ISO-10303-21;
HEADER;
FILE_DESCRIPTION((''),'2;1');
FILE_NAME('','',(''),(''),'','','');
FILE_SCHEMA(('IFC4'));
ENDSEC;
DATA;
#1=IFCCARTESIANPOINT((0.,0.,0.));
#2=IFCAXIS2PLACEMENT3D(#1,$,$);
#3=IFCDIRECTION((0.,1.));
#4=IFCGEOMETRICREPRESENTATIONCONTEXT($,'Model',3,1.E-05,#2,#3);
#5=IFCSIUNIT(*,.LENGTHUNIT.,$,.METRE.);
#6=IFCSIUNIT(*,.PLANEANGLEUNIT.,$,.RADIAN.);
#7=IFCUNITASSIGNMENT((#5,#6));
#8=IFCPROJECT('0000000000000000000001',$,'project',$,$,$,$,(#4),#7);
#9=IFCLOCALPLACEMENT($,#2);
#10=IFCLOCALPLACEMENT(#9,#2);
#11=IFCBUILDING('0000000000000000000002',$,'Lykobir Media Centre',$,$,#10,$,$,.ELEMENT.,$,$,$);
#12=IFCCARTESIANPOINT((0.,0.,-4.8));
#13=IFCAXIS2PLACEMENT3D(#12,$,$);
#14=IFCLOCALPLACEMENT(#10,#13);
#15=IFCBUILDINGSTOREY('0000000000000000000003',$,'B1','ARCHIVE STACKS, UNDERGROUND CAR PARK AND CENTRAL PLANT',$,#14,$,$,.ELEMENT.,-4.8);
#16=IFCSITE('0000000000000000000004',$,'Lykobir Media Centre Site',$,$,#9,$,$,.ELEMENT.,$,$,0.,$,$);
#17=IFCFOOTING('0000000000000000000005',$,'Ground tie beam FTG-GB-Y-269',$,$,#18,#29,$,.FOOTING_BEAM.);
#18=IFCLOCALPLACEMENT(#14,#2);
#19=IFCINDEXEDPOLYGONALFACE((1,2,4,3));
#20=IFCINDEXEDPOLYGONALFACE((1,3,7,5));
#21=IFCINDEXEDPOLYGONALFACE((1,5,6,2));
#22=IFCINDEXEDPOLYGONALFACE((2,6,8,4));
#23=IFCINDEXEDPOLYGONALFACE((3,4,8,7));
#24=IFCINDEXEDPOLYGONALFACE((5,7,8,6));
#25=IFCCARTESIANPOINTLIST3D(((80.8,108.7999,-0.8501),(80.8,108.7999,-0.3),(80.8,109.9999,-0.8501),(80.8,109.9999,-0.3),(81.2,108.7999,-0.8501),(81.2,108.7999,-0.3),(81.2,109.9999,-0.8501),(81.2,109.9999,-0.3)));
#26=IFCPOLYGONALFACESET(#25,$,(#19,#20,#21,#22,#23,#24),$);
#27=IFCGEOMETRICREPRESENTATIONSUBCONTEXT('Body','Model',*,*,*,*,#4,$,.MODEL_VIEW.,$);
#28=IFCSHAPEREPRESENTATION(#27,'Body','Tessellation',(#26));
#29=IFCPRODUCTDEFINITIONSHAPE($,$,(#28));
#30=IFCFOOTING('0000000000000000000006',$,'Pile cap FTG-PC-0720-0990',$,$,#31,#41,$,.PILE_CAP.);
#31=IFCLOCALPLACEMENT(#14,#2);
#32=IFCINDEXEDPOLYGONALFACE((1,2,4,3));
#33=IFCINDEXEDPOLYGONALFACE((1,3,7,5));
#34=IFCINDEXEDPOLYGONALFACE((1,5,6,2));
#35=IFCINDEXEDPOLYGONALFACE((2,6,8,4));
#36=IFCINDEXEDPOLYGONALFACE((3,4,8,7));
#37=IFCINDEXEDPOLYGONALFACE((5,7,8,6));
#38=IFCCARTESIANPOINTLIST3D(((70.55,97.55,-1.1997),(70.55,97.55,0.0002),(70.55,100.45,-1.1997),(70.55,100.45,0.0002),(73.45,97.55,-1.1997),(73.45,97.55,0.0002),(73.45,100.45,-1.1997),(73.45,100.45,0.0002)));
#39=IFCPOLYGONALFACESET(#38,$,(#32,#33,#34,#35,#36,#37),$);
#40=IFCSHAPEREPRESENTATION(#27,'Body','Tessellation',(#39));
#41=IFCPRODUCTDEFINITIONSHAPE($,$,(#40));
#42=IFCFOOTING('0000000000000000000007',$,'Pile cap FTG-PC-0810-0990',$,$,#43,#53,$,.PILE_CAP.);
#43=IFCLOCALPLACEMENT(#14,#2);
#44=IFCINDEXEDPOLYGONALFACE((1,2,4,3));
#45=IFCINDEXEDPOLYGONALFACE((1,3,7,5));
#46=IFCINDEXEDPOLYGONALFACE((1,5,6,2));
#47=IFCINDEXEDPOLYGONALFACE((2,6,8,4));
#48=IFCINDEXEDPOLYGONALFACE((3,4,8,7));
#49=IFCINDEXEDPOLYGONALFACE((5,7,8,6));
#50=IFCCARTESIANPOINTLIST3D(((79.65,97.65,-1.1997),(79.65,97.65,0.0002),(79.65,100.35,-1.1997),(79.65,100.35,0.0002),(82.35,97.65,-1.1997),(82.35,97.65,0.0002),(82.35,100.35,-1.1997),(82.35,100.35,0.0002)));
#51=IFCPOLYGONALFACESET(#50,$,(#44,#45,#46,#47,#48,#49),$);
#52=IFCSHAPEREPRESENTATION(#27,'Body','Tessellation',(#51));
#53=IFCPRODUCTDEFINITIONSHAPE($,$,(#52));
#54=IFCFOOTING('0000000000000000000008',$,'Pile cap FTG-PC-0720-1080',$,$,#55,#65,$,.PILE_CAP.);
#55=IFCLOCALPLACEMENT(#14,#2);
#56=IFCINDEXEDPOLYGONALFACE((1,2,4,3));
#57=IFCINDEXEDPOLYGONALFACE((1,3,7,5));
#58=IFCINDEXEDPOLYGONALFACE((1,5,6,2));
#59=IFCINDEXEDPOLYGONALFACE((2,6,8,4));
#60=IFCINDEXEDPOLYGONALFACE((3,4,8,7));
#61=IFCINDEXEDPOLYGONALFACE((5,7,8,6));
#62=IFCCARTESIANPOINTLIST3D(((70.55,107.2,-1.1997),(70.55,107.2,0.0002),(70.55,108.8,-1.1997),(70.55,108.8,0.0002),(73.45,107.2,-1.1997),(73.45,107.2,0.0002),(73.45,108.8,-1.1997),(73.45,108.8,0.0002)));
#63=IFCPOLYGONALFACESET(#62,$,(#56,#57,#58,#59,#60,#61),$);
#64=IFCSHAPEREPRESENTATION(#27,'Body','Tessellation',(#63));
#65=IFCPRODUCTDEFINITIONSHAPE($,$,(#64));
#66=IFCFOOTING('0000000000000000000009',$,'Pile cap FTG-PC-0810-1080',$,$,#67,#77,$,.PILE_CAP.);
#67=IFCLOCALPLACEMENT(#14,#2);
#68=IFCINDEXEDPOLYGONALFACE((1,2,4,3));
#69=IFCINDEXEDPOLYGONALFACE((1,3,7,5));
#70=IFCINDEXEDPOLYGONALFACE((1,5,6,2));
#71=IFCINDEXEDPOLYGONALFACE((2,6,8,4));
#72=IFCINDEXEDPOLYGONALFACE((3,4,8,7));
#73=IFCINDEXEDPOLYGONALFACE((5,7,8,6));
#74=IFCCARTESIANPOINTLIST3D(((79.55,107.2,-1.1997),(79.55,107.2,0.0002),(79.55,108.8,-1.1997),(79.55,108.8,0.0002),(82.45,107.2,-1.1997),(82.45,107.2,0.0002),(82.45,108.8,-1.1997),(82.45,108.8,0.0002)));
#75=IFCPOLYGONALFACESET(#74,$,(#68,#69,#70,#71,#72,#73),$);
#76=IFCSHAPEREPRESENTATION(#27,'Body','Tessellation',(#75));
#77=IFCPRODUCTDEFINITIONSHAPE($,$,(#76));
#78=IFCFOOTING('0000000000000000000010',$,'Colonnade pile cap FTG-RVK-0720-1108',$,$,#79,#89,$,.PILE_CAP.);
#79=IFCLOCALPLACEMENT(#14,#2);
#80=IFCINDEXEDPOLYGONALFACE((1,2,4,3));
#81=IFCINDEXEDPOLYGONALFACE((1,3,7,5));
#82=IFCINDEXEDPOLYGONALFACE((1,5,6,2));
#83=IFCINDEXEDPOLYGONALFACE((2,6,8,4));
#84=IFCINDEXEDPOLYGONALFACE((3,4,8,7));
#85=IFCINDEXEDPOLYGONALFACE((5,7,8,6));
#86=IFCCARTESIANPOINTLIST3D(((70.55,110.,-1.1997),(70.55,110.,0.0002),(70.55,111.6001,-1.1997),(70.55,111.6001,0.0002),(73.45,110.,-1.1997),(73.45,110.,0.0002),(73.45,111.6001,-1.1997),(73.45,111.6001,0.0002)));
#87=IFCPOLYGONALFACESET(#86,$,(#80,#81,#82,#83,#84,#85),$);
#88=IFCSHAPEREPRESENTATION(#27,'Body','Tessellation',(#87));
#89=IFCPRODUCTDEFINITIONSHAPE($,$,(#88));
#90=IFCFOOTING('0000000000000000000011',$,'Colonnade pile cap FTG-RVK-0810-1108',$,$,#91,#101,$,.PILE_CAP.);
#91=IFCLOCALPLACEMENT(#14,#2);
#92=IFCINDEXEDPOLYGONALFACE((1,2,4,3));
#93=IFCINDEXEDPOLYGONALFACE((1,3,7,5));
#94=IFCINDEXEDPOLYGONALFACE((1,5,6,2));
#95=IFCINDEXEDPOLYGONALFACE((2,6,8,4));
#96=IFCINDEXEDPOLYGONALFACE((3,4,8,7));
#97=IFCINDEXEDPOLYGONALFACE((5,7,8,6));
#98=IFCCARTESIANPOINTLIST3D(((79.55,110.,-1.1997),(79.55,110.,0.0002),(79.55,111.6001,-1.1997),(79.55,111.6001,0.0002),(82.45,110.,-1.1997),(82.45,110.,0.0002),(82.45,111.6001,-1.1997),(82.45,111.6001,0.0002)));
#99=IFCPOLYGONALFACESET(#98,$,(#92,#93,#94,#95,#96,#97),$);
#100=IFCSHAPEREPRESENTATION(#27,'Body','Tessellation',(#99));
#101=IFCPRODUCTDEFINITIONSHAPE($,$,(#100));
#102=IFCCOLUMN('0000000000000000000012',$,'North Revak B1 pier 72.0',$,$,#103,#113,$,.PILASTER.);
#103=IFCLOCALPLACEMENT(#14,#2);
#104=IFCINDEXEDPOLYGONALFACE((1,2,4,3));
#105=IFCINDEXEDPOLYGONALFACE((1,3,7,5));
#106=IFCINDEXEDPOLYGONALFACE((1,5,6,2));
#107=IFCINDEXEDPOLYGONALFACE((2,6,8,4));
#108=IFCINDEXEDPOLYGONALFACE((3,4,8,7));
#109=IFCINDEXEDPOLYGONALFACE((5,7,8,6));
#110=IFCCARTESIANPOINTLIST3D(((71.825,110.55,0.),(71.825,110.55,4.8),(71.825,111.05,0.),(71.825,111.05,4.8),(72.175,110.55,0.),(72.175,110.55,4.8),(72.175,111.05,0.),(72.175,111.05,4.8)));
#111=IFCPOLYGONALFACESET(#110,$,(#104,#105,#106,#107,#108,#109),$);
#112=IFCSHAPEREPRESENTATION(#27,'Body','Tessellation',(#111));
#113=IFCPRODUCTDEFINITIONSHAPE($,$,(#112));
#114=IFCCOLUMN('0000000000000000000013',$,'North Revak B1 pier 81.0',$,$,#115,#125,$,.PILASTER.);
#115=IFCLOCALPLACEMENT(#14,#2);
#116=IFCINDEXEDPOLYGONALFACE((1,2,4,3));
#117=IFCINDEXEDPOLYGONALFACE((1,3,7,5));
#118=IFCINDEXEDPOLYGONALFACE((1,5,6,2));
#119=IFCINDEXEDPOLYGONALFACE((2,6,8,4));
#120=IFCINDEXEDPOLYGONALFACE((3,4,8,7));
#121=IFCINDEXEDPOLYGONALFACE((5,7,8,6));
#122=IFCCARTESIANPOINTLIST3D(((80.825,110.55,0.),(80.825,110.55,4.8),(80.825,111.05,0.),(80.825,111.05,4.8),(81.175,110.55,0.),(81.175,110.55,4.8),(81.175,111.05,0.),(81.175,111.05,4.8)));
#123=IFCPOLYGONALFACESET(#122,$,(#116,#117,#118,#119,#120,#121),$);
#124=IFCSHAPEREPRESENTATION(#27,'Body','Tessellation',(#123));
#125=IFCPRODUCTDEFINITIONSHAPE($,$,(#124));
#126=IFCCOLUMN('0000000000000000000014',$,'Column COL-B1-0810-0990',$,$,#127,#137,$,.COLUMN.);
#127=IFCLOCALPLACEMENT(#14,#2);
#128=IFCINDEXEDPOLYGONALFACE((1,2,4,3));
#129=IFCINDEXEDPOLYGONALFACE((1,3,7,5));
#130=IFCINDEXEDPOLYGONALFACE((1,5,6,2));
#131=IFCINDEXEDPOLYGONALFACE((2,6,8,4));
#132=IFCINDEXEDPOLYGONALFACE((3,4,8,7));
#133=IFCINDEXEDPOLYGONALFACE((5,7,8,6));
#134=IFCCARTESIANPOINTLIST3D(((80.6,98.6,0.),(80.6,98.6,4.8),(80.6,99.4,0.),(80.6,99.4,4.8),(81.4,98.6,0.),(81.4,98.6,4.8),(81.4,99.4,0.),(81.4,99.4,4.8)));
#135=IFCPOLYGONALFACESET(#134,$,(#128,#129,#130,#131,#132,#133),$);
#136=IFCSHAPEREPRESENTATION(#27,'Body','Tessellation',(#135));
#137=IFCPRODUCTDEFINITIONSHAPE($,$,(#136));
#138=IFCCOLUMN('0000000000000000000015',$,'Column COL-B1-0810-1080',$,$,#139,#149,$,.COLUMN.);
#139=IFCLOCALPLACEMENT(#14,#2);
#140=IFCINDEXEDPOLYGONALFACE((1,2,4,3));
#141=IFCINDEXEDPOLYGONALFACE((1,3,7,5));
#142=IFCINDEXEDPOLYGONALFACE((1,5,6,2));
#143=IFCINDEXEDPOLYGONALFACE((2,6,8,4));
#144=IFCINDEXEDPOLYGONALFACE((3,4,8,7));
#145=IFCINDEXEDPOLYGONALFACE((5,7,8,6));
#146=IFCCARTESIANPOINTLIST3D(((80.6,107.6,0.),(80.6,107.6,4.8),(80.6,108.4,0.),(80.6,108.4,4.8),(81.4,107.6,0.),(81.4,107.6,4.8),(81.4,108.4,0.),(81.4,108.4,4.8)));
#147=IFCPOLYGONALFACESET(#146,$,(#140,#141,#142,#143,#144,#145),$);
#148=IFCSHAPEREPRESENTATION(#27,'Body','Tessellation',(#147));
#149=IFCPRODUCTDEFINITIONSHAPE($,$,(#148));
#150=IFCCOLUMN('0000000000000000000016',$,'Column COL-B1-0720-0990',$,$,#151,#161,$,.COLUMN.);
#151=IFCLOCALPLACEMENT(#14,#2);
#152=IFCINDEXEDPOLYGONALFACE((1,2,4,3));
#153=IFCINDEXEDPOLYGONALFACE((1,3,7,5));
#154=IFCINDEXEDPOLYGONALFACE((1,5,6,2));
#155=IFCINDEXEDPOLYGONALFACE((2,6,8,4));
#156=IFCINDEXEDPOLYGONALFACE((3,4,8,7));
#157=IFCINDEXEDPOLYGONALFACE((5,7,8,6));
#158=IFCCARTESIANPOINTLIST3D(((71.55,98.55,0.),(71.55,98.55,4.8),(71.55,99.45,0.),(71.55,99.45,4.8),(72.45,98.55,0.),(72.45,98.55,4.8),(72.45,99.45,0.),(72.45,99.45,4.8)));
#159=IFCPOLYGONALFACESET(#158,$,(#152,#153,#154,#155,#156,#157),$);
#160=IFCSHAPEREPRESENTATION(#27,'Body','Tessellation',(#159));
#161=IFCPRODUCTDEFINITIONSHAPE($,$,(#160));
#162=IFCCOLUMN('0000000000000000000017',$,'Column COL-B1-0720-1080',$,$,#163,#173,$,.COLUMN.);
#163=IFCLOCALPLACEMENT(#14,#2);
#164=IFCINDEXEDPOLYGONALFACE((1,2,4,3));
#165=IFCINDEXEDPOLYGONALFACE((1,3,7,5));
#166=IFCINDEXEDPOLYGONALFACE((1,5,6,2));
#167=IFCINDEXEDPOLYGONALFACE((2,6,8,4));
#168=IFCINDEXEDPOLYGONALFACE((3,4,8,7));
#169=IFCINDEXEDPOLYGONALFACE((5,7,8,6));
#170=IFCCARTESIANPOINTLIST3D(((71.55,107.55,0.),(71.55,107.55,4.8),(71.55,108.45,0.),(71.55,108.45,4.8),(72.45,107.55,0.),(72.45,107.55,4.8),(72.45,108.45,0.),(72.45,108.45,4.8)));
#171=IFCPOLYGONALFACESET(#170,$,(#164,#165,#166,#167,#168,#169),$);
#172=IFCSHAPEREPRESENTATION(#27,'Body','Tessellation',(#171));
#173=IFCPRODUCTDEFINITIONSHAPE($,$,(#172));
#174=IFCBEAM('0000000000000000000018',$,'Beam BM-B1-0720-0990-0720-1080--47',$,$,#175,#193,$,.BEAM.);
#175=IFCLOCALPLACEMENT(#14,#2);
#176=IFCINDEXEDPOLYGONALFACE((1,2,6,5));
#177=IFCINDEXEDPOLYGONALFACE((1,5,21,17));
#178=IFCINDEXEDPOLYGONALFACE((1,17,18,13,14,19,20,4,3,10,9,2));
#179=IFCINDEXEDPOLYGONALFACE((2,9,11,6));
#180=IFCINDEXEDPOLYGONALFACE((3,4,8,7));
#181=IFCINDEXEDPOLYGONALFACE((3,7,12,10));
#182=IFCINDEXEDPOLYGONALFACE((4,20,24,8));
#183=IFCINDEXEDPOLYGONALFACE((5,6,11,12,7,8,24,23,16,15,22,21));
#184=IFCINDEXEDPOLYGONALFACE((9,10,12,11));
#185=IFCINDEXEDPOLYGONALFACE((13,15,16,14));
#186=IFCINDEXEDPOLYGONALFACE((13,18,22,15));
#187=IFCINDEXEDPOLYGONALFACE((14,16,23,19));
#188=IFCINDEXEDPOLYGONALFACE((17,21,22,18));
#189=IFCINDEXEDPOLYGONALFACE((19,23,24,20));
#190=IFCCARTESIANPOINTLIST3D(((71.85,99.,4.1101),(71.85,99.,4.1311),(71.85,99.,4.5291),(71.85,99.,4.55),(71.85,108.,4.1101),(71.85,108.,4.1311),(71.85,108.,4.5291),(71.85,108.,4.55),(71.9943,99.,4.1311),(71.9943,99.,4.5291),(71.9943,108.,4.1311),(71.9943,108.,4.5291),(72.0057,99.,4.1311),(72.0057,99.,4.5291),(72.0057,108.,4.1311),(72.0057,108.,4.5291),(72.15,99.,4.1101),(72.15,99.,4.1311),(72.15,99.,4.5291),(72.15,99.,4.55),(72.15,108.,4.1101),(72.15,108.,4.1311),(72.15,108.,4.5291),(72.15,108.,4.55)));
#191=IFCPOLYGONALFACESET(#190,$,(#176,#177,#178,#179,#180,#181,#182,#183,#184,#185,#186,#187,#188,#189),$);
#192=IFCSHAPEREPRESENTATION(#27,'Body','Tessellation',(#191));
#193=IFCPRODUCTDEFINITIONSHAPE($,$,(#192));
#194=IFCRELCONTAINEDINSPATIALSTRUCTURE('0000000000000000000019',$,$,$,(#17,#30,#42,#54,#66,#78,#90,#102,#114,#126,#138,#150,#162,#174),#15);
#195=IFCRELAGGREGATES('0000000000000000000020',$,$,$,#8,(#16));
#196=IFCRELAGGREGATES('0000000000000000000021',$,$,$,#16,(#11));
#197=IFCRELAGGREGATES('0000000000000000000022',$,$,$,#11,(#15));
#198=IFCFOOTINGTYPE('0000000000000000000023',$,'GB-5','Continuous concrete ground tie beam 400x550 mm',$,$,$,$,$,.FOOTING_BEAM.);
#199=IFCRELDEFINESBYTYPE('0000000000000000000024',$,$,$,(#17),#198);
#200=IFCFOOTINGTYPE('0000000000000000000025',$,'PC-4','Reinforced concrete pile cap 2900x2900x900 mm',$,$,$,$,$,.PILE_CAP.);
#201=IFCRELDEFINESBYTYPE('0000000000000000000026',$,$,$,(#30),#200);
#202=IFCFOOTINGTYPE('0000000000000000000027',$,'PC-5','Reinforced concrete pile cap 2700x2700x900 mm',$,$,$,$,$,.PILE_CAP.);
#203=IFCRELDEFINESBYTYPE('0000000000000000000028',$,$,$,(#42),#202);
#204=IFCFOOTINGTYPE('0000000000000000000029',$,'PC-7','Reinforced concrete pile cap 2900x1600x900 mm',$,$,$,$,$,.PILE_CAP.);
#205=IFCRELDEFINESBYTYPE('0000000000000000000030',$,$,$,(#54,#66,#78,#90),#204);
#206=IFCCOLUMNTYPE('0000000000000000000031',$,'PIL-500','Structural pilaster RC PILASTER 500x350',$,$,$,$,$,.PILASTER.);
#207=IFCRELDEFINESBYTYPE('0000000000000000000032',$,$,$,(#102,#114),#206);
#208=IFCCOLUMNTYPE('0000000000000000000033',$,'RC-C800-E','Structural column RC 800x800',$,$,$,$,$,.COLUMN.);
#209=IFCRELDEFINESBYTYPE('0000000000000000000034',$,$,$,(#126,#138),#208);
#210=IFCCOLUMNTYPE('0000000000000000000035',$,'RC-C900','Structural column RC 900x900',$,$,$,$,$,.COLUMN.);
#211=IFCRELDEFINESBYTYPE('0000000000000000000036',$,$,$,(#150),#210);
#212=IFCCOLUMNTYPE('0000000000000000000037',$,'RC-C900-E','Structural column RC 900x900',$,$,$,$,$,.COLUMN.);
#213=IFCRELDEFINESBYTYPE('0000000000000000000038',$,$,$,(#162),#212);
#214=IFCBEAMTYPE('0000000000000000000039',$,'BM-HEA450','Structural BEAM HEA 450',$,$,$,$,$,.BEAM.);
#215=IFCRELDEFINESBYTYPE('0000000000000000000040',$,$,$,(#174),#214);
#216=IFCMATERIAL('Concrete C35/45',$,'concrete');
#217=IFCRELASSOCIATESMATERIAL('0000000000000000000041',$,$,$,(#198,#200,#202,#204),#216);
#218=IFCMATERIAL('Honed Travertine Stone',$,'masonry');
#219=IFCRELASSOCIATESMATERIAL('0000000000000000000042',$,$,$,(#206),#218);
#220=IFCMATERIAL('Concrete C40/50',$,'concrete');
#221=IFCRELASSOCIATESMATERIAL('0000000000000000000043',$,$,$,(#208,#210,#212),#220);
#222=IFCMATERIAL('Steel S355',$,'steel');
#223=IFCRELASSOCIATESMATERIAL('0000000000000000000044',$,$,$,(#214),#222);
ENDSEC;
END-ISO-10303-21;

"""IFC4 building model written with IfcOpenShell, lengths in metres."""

from ifc_helpers import new_model, si_unit, direction, frame, origin, origin_2d, place, context, subcontext, project, spatial, rectangle, i_section, extrude, material, material_profile, profile_set, type_object, element, save


model = new_model("IFC4")

# Units and contexts
model_context = context("Model", 3, precision=1e-05, world=origin(), true_north=direction((0.0, 1.0)))
body_context = subcontext(model_context, "Body", "Model", "MODEL_VIEW")
ifc_project = project(units=[si_unit("LENGTHUNIT", "METRE"), si_unit("PLANEANGLEUNIT", "RADIAN")], contexts=[model_context])

# Site, building, storey
site_placement = place(None, origin())
site = spatial("IfcSite", under=ifc_project, at=site_placement, Name="Lykobir Media Centre Site", CompositionType="ELEMENT", RefElevation=0.0)
building_placement = place(site_placement, origin())
building = spatial("IfcBuilding", under=site, at=building_placement, Name="Lykobir Media Centre", CompositionType="ELEMENT")
storey_placement = place(building_placement, frame((0.0, 0.0, -4.8)))
storey = spatial("IfcBuildingStorey", under=building, at=storey_placement, Name="B1", Description="ARCHIVE STACKS, UNDERGROUND CAR PARK AND CENTRAL PLANT", CompositionType="ELEMENT", Elevation=-4.8)

# Footings
ifc_material_1 = material(Name="Concrete C35/45", Category="concrete")
footing_type_1 = type_object("IfcFootingType", Name="GB-5", Description="Continuous concrete ground tie beam 400x550 mm", PredefinedType="FOOTING_BEAM", material=ifc_material_1)
for number, where, z_axis, x_axis, name in (
    (1, (81.0, 109.3999, -0.8501), (0.0, 0.0, 1.0), (0.0, 1.0, 0.0), "Ground tie beam FTG-GB-Y-269"),
):
    element("IfcFooting", number, at=place(storey_placement, frame(where, z_axis=z_axis, x_axis=x_axis)), inside=storey, type_object=footing_type_1, Name=name, PredefinedType="FOOTING_BEAM", context=body_context, shape_type="SweptSolid", body=[
        extrude(rectangle(XDim=1.2, YDim=0.3999, at=origin_2d()), origin(), (0.0, 0.0, 1.0), 0.55),
    ])
footing_type_2 = type_object("IfcFootingType", Name="PC-4", Description="Reinforced concrete pile cap 2900x2900x900 mm", PredefinedType="PILE_CAP", material=ifc_material_1)
footing_1_placement = place(storey_placement, frame((72.0, 99.0, -1.1997), z_axis=(0.0, 0.0, 1.0), x_axis=(1.0, 0.0, 0.0)))
element("IfcFooting", 2, at=footing_1_placement, inside=storey, type_object=footing_type_2, Name="Pile cap FTG-PC-0720-0990", PredefinedType="PILE_CAP", context=body_context, shape_type="SweptSolid", body=[
    extrude(rectangle(XDim=2.8999, YDim=2.8999, at=origin_2d()), origin(), (0.0, 0.0, 1.0), 1.2),
])
footing_type_3 = type_object("IfcFootingType", Name="PC-5", Description="Reinforced concrete pile cap 2700x2700x900 mm", PredefinedType="PILE_CAP", material=ifc_material_1)
footing_2_placement = place(storey_placement, frame((81.0, 99.0, -1.1997), z_axis=(0.0, 0.0, 1.0), x_axis=(1.0, 0.0, 0.0)))
element("IfcFooting", 3, at=footing_2_placement, inside=storey, type_object=footing_type_3, Name="Pile cap FTG-PC-0810-0990", PredefinedType="PILE_CAP", context=body_context, shape_type="SweptSolid", body=[
    extrude(rectangle(XDim=2.7, YDim=2.7, at=origin_2d()), origin(), (0.0, 0.0, 1.0), 1.2),
])
footing_type_4 = type_object("IfcFootingType", Name="PC-7", Description="Reinforced concrete pile cap 2900x1600x900 mm", PredefinedType="PILE_CAP", material=ifc_material_1)
for number, where, z_axis, x_axis, name in (
    (4, (72.0, 108.0, -1.1997), (0.0, 0.0, 1.0), (1.0, 0.0, 0.0), "Pile cap FTG-PC-0720-1080"),
    (5, (81.0, 108.0, -1.1997), (0.0, 0.0, 1.0), (1.0, 0.0, 0.0), "Pile cap FTG-PC-0810-1080"),
    (6, (72.0, 110.8, -1.1997), (0.0, 0.0, 1.0), (1.0, 0.0, 0.0), "Colonnade pile cap FTG-RVK-0720-1108"),
    (7, (81.0, 110.8, -1.1997), (0.0, 0.0, 1.0), (1.0, 0.0, 0.0), "Colonnade pile cap FTG-RVK-0810-1108"),
):
    element("IfcFooting", number, at=place(storey_placement, frame(where, z_axis=z_axis, x_axis=x_axis)), inside=storey, type_object=footing_type_4, Name=name, PredefinedType="PILE_CAP", context=body_context, shape_type="SweptSolid", body=[
        extrude(rectangle(XDim=2.8999, YDim=1.6001, at=origin_2d()), origin(), (0.0, 0.0, 1.0), 1.2),
    ])

# Columns
ifc_material_2 = material(Name="Honed Travertine Stone", Category="masonry")
ifc_material_profile_1 = material_profile(ifc_material_2, rectangle(XDim=0.3501, YDim=0.5, at=origin_2d()), Name="RC PILASTER 500x350")
ifc_profile_set_1 = profile_set([ifc_material_profile_1], Name="Honed Travertine Stone")
column_type_1 = type_object("IfcColumnType", Name="PIL-500", Description="Structural pilaster RC PILASTER 500x350", PredefinedType="PILASTER", material=ifc_profile_set_1)
for number, where, z_axis, x_axis, name in (
    (8, (72.0, 110.8, 0.0), (0.0, 0.0, 1.0), (1.0, 0.0, 0.0), "North Revak B1 pier 72.0"),
    (9, (81.0, 110.8, 0.0), (0.0, 0.0, 1.0), (1.0, 0.0, 0.0), "North Revak B1 pier 81.0"),
):
    element("IfcColumn", number, at=place(storey_placement, frame(where, z_axis=z_axis, x_axis=x_axis)), inside=storey, type_object=column_type_1, Name=name, PredefinedType="PILASTER", context=body_context, shape_type="SweptSolid", body=[
        extrude(rectangle(XDim=0.3501, YDim=0.5, at=origin_2d()), origin(), (0.0, 0.0, 1.0), 4.8),
    ])
ifc_material_3 = material(Name="Concrete C40/50", Category="concrete")
ifc_material_profile_2 = material_profile(ifc_material_3, rectangle(XDim=0.8, YDim=0.8, at=origin_2d()), Name="RC 800x800")
ifc_profile_set_2 = profile_set([ifc_material_profile_2], Name="Concrete C40/50")
column_type_2 = type_object("IfcColumnType", Name="RC-C800-E", Description="Structural column RC 800x800", PredefinedType="COLUMN", material=ifc_profile_set_2)
for number, where, z_axis, x_axis, name in (
    (10, (81.0, 99.0, 0.0), (0.0, 0.0, 1.0), (1.0, 0.0, 0.0), "Column COL-B1-0810-0990"),
    (11, (81.0, 108.0, 0.0), (0.0, 0.0, 1.0), (1.0, 0.0, 0.0), "Column COL-B1-0810-1080"),
):
    element("IfcColumn", number, at=place(storey_placement, frame(where, z_axis=z_axis, x_axis=x_axis)), inside=storey, type_object=column_type_2, Name=name, PredefinedType="COLUMN", context=body_context, shape_type="SweptSolid", body=[
        extrude(rectangle(XDim=0.8, YDim=0.8, at=origin_2d()), origin(), (0.0, 0.0, 1.0), 4.8),
    ])
ifc_material_profile_3 = material_profile(ifc_material_3, rectangle(XDim=0.8999, YDim=0.8999, at=origin_2d()), Name="RC 900x900")
ifc_profile_set_3 = profile_set([ifc_material_profile_3], Name="Concrete C40/50")
column_type_3 = type_object("IfcColumnType", Name="RC-C900", Description="Structural column RC 900x900", PredefinedType="COLUMN", material=ifc_profile_set_3)
column_1_placement = place(storey_placement, frame((72.0, 99.0, 0.0), z_axis=(0.0, 0.0, 1.0), x_axis=(1.0, 0.0, 0.0)))
element("IfcColumn", 12, at=column_1_placement, inside=storey, type_object=column_type_3, Name="Column COL-B1-0720-0990", PredefinedType="COLUMN", context=body_context, shape_type="SweptSolid", body=[
    extrude(rectangle(XDim=0.8999, YDim=0.8999, at=origin_2d()), origin(), (0.0, 0.0, 1.0), 4.8),
])
ifc_material_profile_4 = material_profile(ifc_material_3, rectangle(XDim=0.8999, YDim=0.8999, at=origin_2d()), Name="RC 900x900")
ifc_profile_set_4 = profile_set([ifc_material_profile_4], Name="Concrete C40/50")
column_type_4 = type_object("IfcColumnType", Name="RC-C900-E", Description="Structural column RC 900x900", PredefinedType="COLUMN", material=ifc_profile_set_4)
column_2_placement = place(storey_placement, frame((72.0, 108.0, 0.0), z_axis=(0.0, 0.0, 1.0), x_axis=(1.0, 0.0, 0.0)))
element("IfcColumn", 13, at=column_2_placement, inside=storey, type_object=column_type_4, Name="Column COL-B1-0720-1080", PredefinedType="COLUMN", context=body_context, shape_type="SweptSolid", body=[
    extrude(rectangle(XDim=0.8999, YDim=0.8999, at=origin_2d()), origin(), (0.0, 0.0, 1.0), 4.8),
])

# Beam
ifc_material_4 = material(Name="Steel S355", Category="steel")
ifc_material_profile_5 = material_profile(ifc_material_4, i_section(OverallWidth=0.3, OverallDepth=0.4399, WebThickness=0.0115, FlangeThickness=0.021, at=origin_2d()), Name="HEA 450")
ifc_profile_set_5 = profile_set([ifc_material_profile_5], Name="Steel S355")
beam_type_1 = type_object("IfcBeamType", Name="BM-HEA450", Description="Structural BEAM HEA 450", PredefinedType="BEAM", material=ifc_profile_set_5)
beam_1_placement = place(storey_placement, frame((72.0, 99.0, 4.3301), z_axis=(0.0, 1.0, 0.0), x_axis=(-1.0, 0.0, 0.0)))
element("IfcBeam", 14, at=beam_1_placement, inside=storey, type_object=beam_type_1, Name="Beam BM-B1-0720-0990-0720-1080--47", PredefinedType="BEAM", context=body_context, shape_type="SweptSolid", body=[
    extrude(i_section(OverallWidth=0.3, OverallDepth=0.4399, WebThickness=0.0115, FlangeThickness=0.021, at=origin_2d()), origin(), (0.0, 0.0, 1.0), 9.0),
])

save(model, "model.ifc")
